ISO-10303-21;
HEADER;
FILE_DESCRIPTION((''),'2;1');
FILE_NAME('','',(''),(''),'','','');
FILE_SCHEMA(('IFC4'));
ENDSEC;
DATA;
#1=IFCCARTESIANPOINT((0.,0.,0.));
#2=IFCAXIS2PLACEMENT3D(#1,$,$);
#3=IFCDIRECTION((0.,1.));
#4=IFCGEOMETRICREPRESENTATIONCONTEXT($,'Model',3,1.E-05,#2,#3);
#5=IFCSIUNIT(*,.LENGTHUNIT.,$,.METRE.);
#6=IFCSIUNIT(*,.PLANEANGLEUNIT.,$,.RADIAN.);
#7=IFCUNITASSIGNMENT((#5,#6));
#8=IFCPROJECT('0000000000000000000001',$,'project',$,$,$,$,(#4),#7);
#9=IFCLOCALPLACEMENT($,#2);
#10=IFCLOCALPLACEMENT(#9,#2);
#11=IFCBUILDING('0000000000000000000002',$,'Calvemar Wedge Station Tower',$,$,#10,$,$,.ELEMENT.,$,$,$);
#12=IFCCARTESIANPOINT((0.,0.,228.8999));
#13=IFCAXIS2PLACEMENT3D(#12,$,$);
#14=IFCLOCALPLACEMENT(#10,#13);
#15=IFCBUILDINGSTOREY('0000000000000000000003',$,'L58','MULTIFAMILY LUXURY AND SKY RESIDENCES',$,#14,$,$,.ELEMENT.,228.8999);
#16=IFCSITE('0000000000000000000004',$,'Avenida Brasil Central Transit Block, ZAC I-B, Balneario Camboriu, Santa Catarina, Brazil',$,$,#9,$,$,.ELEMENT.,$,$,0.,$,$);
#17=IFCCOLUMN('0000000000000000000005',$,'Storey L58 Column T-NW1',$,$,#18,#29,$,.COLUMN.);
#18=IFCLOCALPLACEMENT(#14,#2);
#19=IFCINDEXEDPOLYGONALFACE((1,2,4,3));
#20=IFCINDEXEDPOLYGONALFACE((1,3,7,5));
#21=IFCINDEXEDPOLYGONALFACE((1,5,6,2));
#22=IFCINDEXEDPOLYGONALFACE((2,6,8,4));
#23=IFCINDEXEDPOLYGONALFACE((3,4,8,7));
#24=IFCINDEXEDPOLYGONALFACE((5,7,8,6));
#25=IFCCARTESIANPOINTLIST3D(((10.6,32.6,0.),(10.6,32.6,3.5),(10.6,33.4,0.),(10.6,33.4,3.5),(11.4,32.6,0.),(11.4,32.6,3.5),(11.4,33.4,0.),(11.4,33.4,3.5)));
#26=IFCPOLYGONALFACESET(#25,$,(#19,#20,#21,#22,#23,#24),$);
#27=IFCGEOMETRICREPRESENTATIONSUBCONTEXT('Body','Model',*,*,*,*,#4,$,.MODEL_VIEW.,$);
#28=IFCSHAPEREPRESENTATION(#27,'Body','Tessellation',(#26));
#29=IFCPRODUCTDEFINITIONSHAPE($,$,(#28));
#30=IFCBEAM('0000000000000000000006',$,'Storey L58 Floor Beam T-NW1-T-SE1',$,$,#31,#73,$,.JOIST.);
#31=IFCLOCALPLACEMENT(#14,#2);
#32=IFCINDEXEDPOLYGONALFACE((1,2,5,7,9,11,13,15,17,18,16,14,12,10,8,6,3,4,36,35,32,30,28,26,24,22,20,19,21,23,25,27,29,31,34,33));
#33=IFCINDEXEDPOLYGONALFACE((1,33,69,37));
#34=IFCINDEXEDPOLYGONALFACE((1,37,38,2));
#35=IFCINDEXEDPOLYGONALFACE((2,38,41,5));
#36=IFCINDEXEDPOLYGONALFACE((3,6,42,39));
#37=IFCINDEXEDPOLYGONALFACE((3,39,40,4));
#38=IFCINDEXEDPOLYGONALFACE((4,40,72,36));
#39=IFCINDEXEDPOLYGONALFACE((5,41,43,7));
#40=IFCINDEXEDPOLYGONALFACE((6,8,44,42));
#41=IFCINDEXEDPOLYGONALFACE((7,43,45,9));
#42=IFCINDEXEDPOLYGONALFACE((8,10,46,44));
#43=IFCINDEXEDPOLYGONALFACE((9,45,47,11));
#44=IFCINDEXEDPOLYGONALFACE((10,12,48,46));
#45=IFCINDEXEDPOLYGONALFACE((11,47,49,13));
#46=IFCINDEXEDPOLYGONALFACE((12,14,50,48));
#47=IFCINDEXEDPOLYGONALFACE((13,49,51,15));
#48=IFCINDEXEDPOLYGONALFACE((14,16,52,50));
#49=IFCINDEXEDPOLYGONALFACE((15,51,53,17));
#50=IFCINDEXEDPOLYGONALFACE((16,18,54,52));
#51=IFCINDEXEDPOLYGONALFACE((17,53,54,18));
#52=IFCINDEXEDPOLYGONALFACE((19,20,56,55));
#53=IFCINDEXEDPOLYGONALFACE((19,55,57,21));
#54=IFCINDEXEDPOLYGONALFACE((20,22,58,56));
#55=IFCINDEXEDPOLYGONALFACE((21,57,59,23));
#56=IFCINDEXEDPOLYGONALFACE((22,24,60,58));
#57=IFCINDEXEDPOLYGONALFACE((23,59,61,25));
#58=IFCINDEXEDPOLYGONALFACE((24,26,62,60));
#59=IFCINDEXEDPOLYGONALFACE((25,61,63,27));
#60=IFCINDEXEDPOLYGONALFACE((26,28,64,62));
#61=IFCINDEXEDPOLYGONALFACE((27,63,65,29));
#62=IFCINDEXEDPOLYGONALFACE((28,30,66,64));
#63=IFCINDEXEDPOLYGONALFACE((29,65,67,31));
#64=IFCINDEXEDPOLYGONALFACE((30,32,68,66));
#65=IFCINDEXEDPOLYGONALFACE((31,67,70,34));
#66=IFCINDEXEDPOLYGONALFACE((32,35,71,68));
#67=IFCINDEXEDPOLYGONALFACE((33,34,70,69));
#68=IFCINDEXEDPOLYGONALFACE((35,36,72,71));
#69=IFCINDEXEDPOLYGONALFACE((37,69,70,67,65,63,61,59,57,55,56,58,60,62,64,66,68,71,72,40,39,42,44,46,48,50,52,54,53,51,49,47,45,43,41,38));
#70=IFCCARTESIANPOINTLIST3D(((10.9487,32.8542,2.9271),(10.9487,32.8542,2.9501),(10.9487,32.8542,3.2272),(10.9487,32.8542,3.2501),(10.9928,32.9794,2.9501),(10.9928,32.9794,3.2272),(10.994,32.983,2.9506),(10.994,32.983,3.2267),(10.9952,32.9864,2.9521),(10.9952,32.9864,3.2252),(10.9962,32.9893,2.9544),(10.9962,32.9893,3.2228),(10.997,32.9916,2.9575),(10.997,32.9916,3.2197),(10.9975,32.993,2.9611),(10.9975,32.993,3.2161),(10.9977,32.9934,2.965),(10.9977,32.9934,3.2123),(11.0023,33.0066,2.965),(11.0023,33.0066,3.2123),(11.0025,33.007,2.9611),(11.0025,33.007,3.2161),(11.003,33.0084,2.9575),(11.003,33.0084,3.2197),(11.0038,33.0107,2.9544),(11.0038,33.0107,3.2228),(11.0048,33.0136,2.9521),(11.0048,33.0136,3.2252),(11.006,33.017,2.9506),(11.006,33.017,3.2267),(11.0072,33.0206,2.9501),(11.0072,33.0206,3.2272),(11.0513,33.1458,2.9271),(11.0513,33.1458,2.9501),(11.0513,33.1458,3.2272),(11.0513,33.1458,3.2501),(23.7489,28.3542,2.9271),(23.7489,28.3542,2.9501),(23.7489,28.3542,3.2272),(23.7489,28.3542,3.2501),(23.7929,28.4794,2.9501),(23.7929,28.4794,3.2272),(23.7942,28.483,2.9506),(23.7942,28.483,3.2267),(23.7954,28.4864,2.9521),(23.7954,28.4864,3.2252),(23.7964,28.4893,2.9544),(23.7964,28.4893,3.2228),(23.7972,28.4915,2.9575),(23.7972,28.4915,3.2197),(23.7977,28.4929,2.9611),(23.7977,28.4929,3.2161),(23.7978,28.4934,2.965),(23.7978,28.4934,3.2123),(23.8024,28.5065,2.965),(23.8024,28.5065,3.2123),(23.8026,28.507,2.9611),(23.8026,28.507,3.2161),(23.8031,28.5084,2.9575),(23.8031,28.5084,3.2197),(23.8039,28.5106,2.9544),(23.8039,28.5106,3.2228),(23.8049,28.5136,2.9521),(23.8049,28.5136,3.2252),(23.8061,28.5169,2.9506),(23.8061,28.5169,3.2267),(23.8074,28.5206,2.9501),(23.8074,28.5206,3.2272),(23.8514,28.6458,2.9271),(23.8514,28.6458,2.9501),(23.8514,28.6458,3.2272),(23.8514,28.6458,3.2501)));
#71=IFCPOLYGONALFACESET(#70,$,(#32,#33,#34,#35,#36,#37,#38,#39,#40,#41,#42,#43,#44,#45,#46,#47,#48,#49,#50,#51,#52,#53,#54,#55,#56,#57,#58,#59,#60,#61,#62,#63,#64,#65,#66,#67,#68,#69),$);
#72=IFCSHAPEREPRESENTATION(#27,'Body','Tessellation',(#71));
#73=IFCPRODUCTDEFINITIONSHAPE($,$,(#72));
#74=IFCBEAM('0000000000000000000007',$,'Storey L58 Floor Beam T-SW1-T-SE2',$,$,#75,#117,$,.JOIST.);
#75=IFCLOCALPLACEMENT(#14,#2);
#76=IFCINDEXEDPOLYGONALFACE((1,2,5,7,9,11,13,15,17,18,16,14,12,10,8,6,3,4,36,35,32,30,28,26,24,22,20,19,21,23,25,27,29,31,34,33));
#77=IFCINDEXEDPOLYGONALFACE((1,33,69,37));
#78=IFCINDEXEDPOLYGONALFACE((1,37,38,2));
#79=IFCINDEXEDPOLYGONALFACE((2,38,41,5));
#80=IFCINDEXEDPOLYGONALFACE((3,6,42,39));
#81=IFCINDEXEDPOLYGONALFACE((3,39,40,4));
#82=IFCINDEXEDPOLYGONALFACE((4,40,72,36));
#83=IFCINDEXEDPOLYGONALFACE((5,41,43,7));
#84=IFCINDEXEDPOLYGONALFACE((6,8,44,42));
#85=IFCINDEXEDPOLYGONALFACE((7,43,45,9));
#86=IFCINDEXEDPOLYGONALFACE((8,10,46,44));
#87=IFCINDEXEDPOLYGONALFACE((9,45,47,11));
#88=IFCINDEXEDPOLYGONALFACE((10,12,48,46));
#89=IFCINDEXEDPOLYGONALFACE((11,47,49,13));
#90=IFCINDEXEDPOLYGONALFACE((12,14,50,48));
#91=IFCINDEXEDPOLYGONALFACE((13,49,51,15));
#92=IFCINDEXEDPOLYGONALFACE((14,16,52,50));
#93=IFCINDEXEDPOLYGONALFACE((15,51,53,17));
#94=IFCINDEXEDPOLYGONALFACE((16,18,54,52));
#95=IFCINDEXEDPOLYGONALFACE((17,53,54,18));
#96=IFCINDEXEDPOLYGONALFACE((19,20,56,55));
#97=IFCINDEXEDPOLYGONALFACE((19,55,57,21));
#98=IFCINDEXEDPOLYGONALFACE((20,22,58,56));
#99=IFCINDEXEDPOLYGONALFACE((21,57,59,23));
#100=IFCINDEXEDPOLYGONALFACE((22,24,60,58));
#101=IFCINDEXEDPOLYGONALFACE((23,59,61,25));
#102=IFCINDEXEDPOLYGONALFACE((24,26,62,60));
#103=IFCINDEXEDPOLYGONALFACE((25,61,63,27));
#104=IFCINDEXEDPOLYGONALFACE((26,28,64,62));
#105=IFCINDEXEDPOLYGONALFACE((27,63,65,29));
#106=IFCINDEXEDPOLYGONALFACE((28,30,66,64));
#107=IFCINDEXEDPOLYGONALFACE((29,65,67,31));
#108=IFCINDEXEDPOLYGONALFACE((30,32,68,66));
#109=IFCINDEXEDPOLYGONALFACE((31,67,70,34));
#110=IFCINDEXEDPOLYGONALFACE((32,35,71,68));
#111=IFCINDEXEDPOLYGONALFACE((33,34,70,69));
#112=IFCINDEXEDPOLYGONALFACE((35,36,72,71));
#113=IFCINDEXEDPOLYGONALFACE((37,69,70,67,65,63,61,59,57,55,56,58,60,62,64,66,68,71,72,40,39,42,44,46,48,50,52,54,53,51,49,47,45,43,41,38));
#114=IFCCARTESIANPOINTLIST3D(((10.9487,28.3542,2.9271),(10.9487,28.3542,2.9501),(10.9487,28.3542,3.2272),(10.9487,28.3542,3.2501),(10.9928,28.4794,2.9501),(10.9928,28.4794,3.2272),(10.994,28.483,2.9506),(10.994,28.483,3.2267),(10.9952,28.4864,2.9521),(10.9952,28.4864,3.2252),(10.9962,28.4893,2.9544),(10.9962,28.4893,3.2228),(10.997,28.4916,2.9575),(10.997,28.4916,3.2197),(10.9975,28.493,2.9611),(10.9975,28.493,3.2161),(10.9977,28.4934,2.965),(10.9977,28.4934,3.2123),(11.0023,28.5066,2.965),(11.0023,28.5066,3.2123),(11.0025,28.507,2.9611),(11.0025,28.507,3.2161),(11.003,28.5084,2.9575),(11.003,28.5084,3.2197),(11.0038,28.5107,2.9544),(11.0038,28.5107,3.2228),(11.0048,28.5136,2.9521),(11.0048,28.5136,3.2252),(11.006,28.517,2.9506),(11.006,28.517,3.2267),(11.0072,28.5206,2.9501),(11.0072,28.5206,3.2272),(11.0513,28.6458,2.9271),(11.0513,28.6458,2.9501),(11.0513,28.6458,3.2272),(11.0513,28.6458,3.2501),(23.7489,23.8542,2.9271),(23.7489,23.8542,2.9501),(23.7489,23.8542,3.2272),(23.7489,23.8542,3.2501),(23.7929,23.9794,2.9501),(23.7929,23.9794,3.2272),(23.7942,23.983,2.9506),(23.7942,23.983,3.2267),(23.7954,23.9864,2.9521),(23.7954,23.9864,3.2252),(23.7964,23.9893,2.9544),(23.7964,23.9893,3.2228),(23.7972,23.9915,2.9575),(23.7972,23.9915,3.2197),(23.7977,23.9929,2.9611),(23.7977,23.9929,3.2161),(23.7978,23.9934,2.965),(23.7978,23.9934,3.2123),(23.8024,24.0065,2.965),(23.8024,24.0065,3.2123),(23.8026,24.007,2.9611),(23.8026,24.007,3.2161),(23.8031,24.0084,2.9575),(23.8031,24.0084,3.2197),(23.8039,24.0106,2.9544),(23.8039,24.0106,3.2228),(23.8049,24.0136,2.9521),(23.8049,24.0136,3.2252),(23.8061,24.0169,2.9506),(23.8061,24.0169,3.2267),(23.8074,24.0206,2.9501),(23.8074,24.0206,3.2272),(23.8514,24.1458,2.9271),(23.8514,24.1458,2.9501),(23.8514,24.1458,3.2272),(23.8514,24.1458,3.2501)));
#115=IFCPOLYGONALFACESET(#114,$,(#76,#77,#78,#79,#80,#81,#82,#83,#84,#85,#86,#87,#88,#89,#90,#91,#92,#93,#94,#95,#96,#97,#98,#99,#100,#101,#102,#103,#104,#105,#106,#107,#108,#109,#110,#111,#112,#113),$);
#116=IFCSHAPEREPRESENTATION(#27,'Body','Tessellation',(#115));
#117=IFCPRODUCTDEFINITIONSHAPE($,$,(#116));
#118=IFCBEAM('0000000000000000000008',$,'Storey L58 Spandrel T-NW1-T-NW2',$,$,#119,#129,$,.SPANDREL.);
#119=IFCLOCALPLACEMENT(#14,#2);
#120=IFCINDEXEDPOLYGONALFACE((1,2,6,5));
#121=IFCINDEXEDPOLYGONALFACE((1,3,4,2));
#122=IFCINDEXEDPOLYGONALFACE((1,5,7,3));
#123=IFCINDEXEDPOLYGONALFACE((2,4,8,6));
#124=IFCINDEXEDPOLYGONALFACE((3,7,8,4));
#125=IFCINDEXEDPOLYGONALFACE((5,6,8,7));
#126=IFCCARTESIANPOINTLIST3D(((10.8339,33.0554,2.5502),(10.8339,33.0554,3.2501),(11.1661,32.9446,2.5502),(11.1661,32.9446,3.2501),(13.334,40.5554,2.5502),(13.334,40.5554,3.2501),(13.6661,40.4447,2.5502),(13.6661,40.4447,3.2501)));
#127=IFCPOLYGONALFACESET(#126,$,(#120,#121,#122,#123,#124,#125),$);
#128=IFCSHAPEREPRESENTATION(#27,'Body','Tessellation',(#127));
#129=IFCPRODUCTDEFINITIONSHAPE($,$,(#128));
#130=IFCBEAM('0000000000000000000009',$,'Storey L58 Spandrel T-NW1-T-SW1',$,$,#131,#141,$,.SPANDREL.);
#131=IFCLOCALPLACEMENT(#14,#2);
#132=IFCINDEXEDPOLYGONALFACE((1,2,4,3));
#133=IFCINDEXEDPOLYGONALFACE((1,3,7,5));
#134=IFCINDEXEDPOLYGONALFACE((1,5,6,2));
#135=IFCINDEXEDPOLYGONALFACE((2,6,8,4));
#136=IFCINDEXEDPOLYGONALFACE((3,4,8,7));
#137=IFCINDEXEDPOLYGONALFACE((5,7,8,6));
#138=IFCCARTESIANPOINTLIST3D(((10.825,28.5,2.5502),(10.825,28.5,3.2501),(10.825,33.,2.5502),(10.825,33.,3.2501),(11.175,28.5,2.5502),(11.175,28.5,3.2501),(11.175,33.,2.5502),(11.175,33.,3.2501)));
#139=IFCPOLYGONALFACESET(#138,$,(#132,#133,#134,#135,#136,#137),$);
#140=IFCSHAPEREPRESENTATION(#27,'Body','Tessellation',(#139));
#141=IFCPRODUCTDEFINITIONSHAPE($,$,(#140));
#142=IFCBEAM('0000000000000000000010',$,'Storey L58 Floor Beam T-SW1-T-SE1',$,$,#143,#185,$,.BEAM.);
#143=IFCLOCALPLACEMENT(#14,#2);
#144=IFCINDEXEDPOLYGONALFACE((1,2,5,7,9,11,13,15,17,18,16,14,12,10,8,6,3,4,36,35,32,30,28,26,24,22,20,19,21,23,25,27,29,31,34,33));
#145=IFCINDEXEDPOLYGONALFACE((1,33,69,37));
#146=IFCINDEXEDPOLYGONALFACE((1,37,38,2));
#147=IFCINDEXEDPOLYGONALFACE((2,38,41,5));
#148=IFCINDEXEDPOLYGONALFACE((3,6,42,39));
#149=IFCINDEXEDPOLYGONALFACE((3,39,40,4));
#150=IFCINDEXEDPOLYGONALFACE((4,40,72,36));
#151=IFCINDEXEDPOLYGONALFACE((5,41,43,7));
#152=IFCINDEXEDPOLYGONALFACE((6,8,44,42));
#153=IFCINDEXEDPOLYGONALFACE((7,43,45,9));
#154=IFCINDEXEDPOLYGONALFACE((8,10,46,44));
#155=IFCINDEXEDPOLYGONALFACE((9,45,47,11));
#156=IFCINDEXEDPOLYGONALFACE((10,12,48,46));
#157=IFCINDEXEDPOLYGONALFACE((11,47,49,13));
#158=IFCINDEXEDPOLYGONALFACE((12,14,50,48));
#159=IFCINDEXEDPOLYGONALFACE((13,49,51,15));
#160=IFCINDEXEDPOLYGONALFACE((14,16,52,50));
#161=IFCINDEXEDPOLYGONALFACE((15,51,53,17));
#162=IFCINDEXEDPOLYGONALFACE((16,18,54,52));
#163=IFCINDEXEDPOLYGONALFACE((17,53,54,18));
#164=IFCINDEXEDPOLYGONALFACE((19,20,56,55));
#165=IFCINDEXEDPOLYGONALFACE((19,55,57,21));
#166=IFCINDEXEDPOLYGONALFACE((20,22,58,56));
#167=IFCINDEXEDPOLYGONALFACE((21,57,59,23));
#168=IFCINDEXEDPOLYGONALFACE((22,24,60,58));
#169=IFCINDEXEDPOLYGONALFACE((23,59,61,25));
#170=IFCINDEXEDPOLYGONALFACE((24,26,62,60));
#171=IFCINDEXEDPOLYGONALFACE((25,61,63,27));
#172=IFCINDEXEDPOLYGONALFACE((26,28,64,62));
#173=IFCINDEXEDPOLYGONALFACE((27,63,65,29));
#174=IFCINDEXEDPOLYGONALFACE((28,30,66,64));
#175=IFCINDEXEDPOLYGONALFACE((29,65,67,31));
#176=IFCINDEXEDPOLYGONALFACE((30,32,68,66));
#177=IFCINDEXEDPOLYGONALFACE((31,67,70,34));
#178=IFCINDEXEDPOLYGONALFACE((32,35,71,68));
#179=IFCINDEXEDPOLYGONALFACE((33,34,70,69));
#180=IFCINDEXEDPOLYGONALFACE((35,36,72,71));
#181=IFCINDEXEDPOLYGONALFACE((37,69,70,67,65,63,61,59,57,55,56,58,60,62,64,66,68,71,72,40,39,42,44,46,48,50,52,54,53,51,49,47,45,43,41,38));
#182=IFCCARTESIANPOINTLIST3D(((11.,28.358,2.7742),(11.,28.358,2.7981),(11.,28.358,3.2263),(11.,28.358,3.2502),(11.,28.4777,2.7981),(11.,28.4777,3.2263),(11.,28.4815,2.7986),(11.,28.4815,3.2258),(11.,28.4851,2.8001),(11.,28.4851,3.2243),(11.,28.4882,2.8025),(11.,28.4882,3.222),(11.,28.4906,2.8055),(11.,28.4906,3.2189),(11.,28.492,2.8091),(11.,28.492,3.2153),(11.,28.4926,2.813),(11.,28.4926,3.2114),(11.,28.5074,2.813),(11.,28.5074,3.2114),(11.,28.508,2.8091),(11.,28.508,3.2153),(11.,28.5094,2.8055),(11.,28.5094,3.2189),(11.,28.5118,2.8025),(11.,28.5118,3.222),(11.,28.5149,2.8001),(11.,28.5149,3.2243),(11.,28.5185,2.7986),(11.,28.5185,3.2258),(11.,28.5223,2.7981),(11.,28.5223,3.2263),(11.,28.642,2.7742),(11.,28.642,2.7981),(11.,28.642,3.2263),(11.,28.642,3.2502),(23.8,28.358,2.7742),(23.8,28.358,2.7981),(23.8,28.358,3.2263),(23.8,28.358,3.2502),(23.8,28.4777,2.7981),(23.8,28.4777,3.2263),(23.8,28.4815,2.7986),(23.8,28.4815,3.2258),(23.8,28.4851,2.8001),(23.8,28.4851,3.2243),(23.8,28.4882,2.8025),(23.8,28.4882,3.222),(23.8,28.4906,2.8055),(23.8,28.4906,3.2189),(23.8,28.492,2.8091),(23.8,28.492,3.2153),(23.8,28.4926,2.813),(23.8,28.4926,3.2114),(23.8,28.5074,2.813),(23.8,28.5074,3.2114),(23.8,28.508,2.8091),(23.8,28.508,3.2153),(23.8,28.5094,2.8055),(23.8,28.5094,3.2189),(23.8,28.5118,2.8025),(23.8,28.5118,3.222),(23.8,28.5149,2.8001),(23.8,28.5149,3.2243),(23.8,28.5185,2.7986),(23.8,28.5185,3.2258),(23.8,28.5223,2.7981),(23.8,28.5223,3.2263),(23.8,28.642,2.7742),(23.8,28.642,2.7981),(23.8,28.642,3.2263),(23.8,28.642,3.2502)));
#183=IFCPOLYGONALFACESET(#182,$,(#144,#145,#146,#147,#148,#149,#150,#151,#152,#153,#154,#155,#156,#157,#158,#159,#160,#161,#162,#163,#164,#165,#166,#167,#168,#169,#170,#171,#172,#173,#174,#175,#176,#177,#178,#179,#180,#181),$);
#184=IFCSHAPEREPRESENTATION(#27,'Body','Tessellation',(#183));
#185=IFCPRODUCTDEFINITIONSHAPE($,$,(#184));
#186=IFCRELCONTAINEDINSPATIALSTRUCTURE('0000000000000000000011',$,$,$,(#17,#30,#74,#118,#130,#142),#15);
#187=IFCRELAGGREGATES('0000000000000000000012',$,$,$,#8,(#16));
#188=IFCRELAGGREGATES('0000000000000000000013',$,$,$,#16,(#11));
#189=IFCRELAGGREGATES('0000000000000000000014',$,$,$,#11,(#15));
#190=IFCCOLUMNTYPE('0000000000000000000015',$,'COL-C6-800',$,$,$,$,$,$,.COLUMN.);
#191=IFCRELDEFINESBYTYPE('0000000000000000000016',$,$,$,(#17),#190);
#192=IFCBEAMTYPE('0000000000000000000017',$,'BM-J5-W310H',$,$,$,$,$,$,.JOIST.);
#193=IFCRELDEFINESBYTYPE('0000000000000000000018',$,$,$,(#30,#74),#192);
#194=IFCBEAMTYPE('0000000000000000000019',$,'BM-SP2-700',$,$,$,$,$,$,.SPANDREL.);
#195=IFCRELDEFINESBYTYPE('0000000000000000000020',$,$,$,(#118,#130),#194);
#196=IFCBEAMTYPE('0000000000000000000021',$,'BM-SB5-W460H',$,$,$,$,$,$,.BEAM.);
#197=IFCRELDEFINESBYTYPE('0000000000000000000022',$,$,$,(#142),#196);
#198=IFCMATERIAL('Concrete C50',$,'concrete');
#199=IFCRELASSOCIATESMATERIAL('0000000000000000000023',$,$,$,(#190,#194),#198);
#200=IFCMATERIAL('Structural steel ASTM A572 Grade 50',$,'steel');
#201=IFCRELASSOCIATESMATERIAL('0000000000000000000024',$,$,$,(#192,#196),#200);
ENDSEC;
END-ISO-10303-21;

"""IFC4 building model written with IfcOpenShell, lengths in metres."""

from ifc_helpers import new_model, si_unit, direction, frame, origin, origin_2d, place, context, subcontext, project, spatial, rectangle, i_section, extrude, source, transform, mapped, material, material_profile, profile_set, type_object, element, save


model = new_model("IFC4")

# Units and contexts
model_context = context("Model", 3, precision=1e-05, world=origin(), true_north=direction((0.0, 1.0)))
body_context = subcontext(model_context, "Body", "Model", "MODEL_VIEW")
ifc_project = project(units=[si_unit("LENGTHUNIT", "METRE"), si_unit("PLANEANGLEUNIT", "RADIAN")], contexts=[model_context])

# Site, building, storey
site_placement = place(None, origin())
site = spatial("IfcSite", under=ifc_project, at=site_placement, Name="Avenida Brasil Central Transit Block, ZAC I-B, Balneario Camboriu, Santa Catarina, Brazil", CompositionType="ELEMENT", RefElevation=0.0)
building_placement = place(site_placement, origin())
building = spatial("IfcBuilding", under=site, at=building_placement, Name="Calvemar Wedge Station Tower", CompositionType="ELEMENT")
storey_placement = place(building_placement, frame((0.0, 0.0, 228.8999)))
storey = spatial("IfcBuildingStorey", under=building, at=storey_placement, Name="L58", Description="MULTIFAMILY LUXURY AND SKY RESIDENCES", CompositionType="ELEMENT", Elevation=228.8999)

# Column
ifc_material_1 = material(Name="Concrete C50", Category="concrete")
ifc_material_profile_1 = material_profile(ifc_material_1, rectangle(XDim=0.8, YDim=0.8, at=origin_2d()), Name="RC800x800")
ifc_profile_set_1 = profile_set([ifc_material_profile_1], Name="Concrete C50")
column_type = type_object("IfcColumnType", Name="COL-C6-800", PredefinedType="COLUMN", material=ifc_profile_set_1)
shared_shape_1 = source(origin(), body_context, "Body", "SweptSolid", [
    extrude(rectangle(XDim=0.8, YDim=0.8, at=origin_2d()), origin(), (0.0, 0.0, 1.0), 3.5),
])
column_placement = place(storey_placement, frame((11.0, 33.0, 0.0), z_axis=(0.0, 0.0, 1.0), x_axis=(1.0, 0.0, 0.0)))
element("IfcColumn", 1, at=column_placement, inside=storey, type_object=column_type, Name="Storey L58 Column T-NW1", PredefinedType="COLUMN", context=body_context, shape_type="MappedRepresentation", body=[
    mapped(shared_shape_1, transform((0.0, 0.0, 0.0), scale=1.0)),
])

# Beams
ifc_material_2 = material(Name="Structural steel ASTM A572 Grade 50", Category="steel")
ifc_material_profile_2 = material_profile(ifc_material_2, i_section(OverallWidth=0.3091, OverallDepth=0.323, WebThickness=0.0139, FlangeThickness=0.0229, FilletRadius=0.0149, at=origin_2d()), Name="W310x143")
ifc_profile_set_2 = profile_set([ifc_material_profile_2], Name="Structural steel ASTM A572 Grade 50")
beam_type_1 = type_object("IfcBeamType", Name="BM-J5-W310H", PredefinedType="JOIST", material=ifc_profile_set_2)
shared_shape_2 = source(origin(), body_context, "Body", "SweptSolid", [
    extrude(i_section(OverallWidth=0.3091, OverallDepth=0.323, WebThickness=0.0139, FlangeThickness=0.0229, FilletRadius=0.0149, at=origin_2d()), origin(), (0.0, 0.0, 1.0), 13.5681),
])
for number, where, z_axis, x_axis, name in (
    (2, (11.0, 33.0, 3.0886), (0.943398, -0.331662, 0.0), (0.331662, 0.943398, 0.0), "Storey L58 Floor Beam T-NW1-T-SE1"),
    (3, (11.0, 28.5, 3.0886), (0.943398, -0.331662, 0.0), (0.331662, 0.943398, 0.0), "Storey L58 Floor Beam T-SW1-T-SE2"),
):
    element("IfcBeam", number, at=place(storey_placement, frame(where, z_axis=z_axis, x_axis=x_axis)), inside=storey, type_object=beam_type_1, Name=name, PredefinedType="JOIST", context=body_context, shape_type="MappedRepresentation", body=[
        mapped(shared_shape_2, transform((0.0, 0.0, 0.0), scale=1.0)),
    ])
ifc_material_profile_3 = material_profile(ifc_material_1, rectangle(XDim=0.3501, YDim=0.7, at=origin_2d()), Name="RC350x700")
ifc_profile_set_3 = profile_set([ifc_material_profile_3], Name="Concrete C50")
beam_type_2 = type_object("IfcBeamType", Name="BM-SP2-700", PredefinedType="SPANDREL", material=ifc_profile_set_3)
shared_shape_3 = source(origin(), body_context, "Body", "SweptSolid", [
    extrude(rectangle(XDim=0.3501, YDim=0.7, at=origin_2d()), origin(), (0.0, 0.0, 1.0), 7.9058),
])
beam_1_placement = place(storey_placement, frame((11.0, 33.0, 2.9001), z_axis=(0.316228, 0.948683, 0.0), x_axis=(-0.948683, 0.316228, 0.0)))
element("IfcBeam", 4, at=beam_1_placement, inside=storey, type_object=beam_type_2, Name="Storey L58 Spandrel T-NW1-T-NW2", PredefinedType="SPANDREL", context=body_context, shape_type="MappedRepresentation", body=[
    mapped(shared_shape_3, transform((0.0, 0.0, 0.0), scale=1.0)),
])
shared_shape_4 = source(origin(), body_context, "Body", "SweptSolid", [
    extrude(rectangle(XDim=0.3501, YDim=0.7, at=origin_2d()), origin(), (0.0, 0.0, 1.0), 4.5),
])
beam_2_placement = place(storey_placement, frame((11.0, 33.0, 2.9001), z_axis=(0.0, -1.0, 0.0), x_axis=(1.0, 0.0, 0.0)))
element("IfcBeam", 5, at=beam_2_placement, inside=storey, type_object=beam_type_2, Name="Storey L58 Spandrel T-NW1-T-SW1", PredefinedType="SPANDREL", context=body_context, shape_type="MappedRepresentation", body=[
    mapped(shared_shape_4, transform((0.0, 0.0, 0.0), scale=1.0)),
])
ifc_material_profile_4 = material_profile(ifc_material_2, i_section(OverallWidth=0.2839, OverallDepth=0.4761, WebThickness=0.0149, FlangeThickness=0.0239, FilletRadius=0.0149, at=origin_2d()), Name="W460x158")
ifc_profile_set_4 = profile_set([ifc_material_profile_4], Name="Structural steel ASTM A572 Grade 50")
beam_type_3 = type_object("IfcBeamType", Name="BM-SB5-W460H", PredefinedType="BEAM", material=ifc_profile_set_4)
shared_shape_5 = source(origin(), body_context, "Body", "SweptSolid", [
    extrude(i_section(OverallWidth=0.2839, OverallDepth=0.4761, WebThickness=0.0149, FlangeThickness=0.0239, FilletRadius=0.0149, at=origin_2d()), origin(), (0.0, 0.0, 1.0), 12.8),
])
beam_3_placement = place(storey_placement, frame((11.0, 28.5, 3.0122), z_axis=(1.0, 0.0, 0.0), x_axis=(0.0, 1.0, 0.0)))
element("IfcBeam", 6, at=beam_3_placement, inside=storey, type_object=beam_type_3, Name="Storey L58 Floor Beam T-SW1-T-SE1", PredefinedType="BEAM", context=body_context, shape_type="MappedRepresentation", body=[
    mapped(shared_shape_5, transform((0.0, 0.0, 0.0), scale=1.0)),
])

save(model, "model.ifc")
